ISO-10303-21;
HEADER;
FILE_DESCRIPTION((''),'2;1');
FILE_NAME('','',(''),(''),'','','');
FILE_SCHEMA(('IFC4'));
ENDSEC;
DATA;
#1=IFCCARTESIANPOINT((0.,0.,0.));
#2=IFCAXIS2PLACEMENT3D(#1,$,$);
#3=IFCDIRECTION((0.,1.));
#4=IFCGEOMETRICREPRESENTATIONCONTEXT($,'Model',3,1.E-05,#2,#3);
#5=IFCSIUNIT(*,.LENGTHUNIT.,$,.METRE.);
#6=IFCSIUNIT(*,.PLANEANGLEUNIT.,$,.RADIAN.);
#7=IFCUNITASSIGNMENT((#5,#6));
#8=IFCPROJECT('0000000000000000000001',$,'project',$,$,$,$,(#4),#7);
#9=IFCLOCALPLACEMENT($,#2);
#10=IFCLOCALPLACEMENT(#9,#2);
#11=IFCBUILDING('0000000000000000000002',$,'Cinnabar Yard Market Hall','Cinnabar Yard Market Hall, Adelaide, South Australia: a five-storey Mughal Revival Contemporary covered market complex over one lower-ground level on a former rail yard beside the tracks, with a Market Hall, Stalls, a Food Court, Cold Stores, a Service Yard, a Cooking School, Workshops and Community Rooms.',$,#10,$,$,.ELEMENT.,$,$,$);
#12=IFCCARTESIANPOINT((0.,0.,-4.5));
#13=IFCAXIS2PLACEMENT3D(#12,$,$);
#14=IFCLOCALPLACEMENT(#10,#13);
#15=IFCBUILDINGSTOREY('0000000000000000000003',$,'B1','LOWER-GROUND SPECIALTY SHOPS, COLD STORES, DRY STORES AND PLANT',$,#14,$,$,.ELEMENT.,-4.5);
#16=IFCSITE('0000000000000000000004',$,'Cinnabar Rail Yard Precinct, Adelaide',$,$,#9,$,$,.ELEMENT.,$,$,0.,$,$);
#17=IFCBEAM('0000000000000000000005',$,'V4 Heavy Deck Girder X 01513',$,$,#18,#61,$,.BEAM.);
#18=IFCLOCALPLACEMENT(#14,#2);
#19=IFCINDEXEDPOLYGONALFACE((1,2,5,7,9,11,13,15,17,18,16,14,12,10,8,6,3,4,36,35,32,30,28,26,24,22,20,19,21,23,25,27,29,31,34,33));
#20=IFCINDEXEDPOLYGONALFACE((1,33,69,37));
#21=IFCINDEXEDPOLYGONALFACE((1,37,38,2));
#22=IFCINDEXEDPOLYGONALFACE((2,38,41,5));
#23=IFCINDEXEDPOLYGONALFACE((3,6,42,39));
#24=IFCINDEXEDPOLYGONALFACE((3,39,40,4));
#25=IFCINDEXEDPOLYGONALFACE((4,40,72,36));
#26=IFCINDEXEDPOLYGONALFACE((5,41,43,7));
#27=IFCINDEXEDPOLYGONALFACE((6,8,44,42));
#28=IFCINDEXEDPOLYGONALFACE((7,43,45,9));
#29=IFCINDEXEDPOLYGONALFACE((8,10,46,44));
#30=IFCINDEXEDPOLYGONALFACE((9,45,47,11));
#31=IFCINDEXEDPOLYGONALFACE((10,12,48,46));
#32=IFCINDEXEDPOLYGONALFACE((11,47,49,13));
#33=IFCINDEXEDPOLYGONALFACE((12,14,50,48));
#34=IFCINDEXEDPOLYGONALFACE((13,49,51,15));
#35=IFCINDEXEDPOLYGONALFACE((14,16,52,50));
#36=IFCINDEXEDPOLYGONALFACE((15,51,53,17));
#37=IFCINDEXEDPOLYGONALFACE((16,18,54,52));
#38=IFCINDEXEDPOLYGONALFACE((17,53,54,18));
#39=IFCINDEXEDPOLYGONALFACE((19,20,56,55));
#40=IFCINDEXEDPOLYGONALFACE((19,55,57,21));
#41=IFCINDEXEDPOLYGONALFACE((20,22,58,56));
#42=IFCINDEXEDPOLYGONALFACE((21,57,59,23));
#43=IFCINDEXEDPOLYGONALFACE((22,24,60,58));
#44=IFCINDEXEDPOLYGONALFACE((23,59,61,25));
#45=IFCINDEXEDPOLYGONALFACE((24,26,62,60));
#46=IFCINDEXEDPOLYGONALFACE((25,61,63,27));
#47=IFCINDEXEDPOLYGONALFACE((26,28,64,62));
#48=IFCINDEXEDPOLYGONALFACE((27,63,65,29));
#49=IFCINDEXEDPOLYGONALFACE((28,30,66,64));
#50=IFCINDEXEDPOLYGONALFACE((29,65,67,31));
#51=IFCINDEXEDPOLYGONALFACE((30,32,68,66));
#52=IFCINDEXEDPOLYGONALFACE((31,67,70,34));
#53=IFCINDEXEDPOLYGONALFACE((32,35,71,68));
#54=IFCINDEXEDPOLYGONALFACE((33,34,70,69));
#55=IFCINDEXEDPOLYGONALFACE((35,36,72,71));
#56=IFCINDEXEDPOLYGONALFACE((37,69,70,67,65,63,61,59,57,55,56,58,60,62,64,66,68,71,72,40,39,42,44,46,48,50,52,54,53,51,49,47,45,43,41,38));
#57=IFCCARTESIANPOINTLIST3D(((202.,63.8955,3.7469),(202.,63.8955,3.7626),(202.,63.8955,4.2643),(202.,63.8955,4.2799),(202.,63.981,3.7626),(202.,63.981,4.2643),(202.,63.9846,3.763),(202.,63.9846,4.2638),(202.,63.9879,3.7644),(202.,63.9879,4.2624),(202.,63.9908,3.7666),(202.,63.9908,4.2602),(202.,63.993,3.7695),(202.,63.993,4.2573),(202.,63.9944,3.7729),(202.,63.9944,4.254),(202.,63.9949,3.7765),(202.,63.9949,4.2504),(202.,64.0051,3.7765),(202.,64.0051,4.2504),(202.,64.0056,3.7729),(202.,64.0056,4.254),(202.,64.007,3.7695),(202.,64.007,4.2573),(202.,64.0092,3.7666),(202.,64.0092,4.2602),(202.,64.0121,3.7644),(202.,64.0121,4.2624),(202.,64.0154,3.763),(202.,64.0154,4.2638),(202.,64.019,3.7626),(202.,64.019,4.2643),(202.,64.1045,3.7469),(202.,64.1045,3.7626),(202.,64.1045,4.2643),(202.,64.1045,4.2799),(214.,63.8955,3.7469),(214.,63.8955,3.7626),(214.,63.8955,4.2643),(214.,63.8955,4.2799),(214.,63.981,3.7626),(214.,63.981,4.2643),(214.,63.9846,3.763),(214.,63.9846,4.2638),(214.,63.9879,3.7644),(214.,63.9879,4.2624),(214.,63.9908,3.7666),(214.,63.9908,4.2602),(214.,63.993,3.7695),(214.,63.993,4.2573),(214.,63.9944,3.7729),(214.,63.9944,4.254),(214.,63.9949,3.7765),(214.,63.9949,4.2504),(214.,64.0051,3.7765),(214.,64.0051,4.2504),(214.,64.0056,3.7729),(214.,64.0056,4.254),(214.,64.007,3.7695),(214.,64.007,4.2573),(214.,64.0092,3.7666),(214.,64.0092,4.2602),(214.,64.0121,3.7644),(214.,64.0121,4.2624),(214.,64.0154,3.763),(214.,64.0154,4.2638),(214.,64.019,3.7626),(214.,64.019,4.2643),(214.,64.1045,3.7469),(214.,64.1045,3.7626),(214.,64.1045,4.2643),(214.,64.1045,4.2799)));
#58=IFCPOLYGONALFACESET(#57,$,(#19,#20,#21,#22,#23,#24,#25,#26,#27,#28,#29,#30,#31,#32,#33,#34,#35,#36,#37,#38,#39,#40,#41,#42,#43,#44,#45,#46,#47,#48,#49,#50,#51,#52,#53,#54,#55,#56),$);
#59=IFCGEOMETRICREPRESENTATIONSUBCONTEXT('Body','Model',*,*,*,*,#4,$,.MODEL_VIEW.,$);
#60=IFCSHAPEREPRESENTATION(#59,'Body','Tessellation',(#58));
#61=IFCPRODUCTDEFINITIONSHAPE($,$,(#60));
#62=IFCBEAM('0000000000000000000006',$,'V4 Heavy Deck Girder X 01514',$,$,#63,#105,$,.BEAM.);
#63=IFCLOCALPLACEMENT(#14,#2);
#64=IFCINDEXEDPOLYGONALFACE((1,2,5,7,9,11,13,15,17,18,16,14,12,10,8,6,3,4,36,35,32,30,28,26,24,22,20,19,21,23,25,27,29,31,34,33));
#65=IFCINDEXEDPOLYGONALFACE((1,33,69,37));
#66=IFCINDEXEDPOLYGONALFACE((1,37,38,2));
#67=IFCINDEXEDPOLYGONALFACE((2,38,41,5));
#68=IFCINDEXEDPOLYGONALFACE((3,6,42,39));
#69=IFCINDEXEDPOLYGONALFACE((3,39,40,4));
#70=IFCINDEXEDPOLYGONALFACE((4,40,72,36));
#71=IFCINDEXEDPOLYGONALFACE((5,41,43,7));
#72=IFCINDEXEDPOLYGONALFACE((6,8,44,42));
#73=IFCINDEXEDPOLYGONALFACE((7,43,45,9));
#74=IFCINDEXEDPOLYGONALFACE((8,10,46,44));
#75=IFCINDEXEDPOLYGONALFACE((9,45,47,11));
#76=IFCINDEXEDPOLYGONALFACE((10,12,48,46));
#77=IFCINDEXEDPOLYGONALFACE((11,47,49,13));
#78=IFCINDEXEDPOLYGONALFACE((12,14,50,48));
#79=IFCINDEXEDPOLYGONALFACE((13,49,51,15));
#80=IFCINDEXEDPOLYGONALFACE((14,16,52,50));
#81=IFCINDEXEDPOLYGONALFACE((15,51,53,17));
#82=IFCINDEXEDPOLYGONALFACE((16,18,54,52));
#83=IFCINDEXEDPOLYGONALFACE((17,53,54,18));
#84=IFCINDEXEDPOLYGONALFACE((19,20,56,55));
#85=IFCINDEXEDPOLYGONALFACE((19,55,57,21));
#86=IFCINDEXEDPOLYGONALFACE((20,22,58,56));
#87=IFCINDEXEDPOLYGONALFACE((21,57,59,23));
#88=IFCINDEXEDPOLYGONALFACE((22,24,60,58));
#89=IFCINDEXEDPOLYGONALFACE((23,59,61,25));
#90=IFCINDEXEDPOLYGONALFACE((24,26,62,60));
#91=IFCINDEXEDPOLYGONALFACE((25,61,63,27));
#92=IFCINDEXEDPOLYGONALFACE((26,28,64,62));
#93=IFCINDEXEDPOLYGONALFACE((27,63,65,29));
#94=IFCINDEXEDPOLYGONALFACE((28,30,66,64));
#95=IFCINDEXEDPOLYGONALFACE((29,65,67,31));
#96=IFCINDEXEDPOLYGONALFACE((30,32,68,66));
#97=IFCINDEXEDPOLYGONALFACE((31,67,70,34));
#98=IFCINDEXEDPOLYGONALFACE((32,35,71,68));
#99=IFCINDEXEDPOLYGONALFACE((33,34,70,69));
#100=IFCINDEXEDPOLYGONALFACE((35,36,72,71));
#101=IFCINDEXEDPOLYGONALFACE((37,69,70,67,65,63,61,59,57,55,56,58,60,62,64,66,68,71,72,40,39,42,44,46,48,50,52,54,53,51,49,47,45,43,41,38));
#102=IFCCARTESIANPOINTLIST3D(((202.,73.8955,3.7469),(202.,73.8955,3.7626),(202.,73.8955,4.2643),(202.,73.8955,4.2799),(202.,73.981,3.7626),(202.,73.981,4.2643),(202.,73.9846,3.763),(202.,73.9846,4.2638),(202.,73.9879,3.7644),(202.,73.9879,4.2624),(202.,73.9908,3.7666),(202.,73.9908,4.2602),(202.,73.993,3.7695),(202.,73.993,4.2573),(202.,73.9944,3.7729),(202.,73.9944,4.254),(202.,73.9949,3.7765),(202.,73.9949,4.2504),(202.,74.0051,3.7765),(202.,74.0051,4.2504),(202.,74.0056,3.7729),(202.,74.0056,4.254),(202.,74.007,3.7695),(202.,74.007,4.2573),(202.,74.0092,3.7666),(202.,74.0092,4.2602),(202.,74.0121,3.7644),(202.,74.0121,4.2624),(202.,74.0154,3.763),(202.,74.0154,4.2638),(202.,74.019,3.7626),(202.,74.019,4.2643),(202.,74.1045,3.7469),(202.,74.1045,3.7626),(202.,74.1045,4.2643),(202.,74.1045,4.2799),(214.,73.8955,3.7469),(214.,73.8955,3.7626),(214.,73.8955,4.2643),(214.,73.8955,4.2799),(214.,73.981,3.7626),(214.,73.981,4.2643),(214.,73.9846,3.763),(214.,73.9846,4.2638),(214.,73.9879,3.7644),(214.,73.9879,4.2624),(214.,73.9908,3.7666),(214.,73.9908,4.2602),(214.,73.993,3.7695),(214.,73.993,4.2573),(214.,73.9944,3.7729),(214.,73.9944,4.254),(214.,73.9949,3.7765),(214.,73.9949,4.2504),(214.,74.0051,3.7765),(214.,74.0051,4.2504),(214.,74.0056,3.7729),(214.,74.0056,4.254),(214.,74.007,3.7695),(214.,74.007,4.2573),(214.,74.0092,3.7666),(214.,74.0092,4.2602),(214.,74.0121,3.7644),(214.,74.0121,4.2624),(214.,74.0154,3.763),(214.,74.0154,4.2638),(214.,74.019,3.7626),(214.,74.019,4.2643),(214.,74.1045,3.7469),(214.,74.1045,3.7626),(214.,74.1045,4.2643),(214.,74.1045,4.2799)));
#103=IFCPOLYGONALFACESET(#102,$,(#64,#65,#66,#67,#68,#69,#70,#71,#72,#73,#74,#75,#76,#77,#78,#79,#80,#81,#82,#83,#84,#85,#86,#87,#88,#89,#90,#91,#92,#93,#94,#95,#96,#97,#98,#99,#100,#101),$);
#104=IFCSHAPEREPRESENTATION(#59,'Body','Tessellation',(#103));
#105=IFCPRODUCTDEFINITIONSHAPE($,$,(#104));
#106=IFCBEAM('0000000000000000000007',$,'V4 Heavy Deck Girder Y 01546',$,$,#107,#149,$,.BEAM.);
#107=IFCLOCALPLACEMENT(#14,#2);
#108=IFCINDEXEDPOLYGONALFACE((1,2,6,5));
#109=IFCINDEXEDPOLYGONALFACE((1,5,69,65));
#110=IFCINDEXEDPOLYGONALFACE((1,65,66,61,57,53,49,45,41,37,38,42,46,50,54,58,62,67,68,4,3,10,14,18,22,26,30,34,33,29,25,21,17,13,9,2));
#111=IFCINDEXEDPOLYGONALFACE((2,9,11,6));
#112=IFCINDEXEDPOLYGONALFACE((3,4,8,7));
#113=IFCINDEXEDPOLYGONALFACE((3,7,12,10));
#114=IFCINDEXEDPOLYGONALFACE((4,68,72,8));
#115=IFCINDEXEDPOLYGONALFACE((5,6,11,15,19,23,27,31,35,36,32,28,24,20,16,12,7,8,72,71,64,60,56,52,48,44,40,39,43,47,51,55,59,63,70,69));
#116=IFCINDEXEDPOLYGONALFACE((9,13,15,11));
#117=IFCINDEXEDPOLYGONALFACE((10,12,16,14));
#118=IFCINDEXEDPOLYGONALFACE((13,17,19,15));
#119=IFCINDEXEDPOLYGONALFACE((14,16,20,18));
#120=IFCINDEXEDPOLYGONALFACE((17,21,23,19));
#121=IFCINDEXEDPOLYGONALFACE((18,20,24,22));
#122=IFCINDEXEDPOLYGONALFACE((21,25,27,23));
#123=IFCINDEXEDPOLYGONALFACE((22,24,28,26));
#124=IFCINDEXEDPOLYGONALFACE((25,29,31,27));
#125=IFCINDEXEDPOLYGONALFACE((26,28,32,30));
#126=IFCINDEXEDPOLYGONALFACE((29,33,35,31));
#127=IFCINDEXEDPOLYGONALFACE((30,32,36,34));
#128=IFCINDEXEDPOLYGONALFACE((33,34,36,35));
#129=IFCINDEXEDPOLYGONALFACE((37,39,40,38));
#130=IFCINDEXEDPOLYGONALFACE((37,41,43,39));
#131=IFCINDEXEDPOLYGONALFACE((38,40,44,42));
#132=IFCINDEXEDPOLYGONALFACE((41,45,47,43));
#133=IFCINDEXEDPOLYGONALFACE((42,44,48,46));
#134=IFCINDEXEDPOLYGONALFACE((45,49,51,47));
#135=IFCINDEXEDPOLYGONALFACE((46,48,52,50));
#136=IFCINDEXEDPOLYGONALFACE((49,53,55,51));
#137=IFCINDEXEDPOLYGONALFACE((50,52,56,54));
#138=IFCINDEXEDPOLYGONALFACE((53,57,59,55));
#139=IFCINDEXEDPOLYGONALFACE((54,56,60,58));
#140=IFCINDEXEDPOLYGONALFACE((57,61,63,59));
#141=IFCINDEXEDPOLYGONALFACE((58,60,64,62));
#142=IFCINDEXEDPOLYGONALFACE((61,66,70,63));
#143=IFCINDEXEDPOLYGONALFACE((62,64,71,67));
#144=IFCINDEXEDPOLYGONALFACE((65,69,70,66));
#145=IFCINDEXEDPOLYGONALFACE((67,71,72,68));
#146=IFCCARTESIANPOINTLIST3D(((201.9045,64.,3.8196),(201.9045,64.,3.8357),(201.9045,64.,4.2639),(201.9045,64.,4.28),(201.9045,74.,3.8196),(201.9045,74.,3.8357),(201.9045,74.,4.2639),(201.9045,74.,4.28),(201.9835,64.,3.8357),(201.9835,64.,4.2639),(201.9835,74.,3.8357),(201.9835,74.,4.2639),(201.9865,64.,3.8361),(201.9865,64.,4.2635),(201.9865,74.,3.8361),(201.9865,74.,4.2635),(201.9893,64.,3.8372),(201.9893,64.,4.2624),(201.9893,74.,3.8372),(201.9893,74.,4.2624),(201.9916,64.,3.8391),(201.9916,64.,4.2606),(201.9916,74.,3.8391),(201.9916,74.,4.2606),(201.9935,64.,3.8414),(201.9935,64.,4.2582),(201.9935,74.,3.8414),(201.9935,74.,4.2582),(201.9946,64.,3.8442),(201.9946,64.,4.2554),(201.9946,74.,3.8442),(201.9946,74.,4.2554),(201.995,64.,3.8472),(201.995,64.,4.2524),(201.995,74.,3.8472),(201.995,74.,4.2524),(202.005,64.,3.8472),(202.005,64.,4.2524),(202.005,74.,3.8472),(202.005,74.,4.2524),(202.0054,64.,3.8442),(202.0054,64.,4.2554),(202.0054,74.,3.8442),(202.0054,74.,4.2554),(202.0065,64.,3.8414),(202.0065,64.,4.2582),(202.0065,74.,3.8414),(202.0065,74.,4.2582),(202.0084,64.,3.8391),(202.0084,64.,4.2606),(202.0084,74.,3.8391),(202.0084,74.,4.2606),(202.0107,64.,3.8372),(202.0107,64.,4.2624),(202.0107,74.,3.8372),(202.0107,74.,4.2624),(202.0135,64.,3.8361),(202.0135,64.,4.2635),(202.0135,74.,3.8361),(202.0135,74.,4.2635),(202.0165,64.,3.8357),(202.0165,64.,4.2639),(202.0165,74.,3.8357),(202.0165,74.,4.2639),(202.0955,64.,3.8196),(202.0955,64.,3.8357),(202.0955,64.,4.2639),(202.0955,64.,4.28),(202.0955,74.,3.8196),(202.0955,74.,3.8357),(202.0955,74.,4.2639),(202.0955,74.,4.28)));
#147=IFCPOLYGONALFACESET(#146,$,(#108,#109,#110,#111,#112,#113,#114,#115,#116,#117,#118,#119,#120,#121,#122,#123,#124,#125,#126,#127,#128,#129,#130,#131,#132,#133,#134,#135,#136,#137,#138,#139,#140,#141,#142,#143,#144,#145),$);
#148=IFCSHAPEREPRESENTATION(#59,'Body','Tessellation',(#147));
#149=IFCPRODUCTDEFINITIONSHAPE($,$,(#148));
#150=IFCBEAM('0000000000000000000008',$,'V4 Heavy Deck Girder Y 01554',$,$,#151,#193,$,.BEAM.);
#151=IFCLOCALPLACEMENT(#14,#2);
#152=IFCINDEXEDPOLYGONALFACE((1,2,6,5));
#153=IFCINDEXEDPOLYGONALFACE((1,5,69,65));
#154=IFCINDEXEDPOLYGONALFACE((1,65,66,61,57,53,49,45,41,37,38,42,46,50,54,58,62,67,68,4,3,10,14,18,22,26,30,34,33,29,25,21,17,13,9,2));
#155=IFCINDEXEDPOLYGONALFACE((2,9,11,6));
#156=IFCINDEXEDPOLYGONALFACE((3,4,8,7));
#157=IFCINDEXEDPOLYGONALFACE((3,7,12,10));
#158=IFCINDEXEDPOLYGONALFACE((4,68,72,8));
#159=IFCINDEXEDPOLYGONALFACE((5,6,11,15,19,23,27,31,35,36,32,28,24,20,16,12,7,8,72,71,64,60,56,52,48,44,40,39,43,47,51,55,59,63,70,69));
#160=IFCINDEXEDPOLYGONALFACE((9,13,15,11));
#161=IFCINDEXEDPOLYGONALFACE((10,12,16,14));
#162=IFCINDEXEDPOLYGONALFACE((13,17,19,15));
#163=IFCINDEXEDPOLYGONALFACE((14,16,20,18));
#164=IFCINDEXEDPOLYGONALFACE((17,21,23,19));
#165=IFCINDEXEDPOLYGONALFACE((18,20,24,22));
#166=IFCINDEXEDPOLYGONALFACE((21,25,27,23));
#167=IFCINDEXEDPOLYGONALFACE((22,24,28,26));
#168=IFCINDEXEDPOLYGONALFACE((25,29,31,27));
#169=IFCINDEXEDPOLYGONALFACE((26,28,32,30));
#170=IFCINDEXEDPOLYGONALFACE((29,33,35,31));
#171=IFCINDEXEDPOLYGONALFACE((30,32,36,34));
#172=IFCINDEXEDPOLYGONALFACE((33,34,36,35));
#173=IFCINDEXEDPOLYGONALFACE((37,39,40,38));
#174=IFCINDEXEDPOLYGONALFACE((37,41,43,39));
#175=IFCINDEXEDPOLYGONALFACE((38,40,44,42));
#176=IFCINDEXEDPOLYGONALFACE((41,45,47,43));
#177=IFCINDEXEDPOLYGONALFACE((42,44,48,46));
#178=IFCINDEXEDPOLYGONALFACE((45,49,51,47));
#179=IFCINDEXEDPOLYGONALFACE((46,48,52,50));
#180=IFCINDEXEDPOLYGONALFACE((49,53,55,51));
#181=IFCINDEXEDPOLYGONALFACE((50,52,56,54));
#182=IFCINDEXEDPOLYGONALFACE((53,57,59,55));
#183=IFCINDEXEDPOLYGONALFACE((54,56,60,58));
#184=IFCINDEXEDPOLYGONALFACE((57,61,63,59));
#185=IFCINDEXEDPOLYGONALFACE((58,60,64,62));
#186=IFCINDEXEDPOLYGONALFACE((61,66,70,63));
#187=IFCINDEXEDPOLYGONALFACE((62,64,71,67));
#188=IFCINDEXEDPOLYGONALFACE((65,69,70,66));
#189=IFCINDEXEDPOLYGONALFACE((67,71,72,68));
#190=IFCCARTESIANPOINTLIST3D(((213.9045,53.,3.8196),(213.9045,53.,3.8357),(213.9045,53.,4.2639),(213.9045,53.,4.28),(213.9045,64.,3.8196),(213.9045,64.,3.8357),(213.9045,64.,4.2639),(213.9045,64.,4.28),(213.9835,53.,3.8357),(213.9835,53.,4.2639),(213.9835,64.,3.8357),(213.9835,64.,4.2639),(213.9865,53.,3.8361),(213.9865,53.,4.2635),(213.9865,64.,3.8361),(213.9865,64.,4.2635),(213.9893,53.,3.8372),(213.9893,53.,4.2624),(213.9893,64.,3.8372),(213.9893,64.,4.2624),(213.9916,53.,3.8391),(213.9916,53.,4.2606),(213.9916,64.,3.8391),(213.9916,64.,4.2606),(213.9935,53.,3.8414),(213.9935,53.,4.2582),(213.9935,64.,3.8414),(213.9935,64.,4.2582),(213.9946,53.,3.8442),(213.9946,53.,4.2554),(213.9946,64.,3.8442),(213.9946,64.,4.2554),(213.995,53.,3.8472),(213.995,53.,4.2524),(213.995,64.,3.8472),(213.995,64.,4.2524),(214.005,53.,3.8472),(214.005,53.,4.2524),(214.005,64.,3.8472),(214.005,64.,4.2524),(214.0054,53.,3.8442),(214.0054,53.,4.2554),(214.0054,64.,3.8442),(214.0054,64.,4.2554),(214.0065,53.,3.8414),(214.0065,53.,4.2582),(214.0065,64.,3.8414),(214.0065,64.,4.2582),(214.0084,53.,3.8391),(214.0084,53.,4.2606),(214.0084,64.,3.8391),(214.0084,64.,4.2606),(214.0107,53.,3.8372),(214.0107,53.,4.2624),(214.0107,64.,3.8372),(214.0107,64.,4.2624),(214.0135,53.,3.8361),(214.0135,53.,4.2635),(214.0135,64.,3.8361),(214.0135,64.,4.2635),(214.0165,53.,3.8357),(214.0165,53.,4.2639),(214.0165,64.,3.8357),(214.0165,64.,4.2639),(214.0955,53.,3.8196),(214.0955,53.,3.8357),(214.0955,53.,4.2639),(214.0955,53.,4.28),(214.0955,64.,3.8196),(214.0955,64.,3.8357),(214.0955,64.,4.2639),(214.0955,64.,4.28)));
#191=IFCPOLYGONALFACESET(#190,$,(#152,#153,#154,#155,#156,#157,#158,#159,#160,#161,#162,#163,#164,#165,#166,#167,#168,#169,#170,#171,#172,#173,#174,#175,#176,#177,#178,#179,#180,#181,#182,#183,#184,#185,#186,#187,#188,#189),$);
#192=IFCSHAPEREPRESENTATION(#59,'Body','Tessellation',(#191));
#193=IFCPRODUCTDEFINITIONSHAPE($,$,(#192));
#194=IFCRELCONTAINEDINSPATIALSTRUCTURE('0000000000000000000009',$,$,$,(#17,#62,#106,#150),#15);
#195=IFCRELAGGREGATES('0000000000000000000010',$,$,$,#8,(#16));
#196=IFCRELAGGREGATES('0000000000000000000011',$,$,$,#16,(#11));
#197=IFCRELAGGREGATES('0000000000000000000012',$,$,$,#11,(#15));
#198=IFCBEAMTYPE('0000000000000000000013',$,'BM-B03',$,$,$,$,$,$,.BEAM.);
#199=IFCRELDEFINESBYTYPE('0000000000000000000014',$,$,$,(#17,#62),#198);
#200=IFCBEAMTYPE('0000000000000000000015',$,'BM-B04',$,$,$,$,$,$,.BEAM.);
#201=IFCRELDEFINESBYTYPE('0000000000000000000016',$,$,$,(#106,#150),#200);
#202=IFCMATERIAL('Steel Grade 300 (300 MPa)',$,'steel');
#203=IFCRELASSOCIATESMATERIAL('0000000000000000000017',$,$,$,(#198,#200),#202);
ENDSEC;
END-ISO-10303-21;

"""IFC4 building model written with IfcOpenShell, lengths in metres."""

from ifc_helpers import new_model, si_unit, direction, frame, origin, origin_2d_with_axis, place, context, subcontext, project, spatial, i_section, extrude, material, material_profile, profile_set, type_object, element, save


model = new_model("IFC4")

# Units and contexts
model_context = context("Model", 3, precision=1e-05, world=origin(), true_north=direction((0.0, 1.0)))
body_context = subcontext(model_context, "Body", "Model", "MODEL_VIEW")
ifc_project = project(units=[si_unit("LENGTHUNIT", "METRE"), si_unit("PLANEANGLEUNIT", "RADIAN")], contexts=[model_context])

# Site, building, storey
site_placement = place(None, origin())
site = spatial("IfcSite", under=ifc_project, at=site_placement, Name="Cinnabar Rail Yard Precinct, Adelaide", CompositionType="ELEMENT", RefElevation=0.0)
building_placement = place(site_placement, origin())
building = spatial("IfcBuilding", under=site, at=building_placement, Name="Cinnabar Yard Market Hall", Description="Cinnabar Yard Market Hall, Adelaide, South Australia: a five-storey Mughal Revival Contemporary covered market complex over one lower-ground level on a former rail yard beside the tracks, with a Market Hall, Stalls, a Food Court, Cold Stores, a Service Yard, a Cooking School, Workshops and Community Rooms.", CompositionType="ELEMENT")
storey_placement = place(building_placement, frame((0.0, 0.0, -4.5)))
storey = spatial("IfcBuildingStorey", under=building, at=storey_placement, Name="B1", Description="LOWER-GROUND SPECIALTY SHOPS, COLD STORES, DRY STORES AND PLANT", CompositionType="ELEMENT", Elevation=-4.5)

# Beams
ifc_material_1 = material(Name="Steel Grade 300 (300 MPa)", Category="steel")
ifc_material_profile_1 = material_profile(ifc_material_1, i_section(OverallWidth=0.209, OverallDepth=0.533, WebThickness=0.0103, FlangeThickness=0.0156, FilletRadius=0.0139, at=origin_2d_with_axis()), Name="530UB92.4")
ifc_profile_set_1 = profile_set([ifc_material_profile_1], Name="Steel Grade 300 (300 MPa)")
beam_type_1 = type_object("IfcBeamType", Name="BM-B03", PredefinedType="BEAM", material=ifc_profile_set_1)
for number, where, z_axis, x_axis, name in (
    (1, (202.0, 64.0, 4.0134), (1.0, 0.0, 0.0), (0.0, 1.0, 0.0), "V4 Heavy Deck Girder X 01513"),
    (2, (202.0, 74.0, 4.0134), (1.0, 0.0, 0.0), (0.0, 1.0, 0.0), "V4 Heavy Deck Girder X 01514"),
):
    element("IfcBeam", number, at=place(storey_placement, frame(where, z_axis=z_axis, x_axis=x_axis)), inside=storey, type_object=beam_type_1, Name=name, PredefinedType="BEAM", context=body_context, shape_type="SweptSolid", body=[
        extrude(i_section(OverallWidth=0.209, OverallDepth=0.533, WebThickness=0.0103, FlangeThickness=0.0156, FilletRadius=0.0139, at=origin_2d_with_axis()), origin(), (0.0, 0.0, 1.0), 12.0),
    ])
ifc_material_profile_2 = material_profile(ifc_material_1, i_section(OverallWidth=0.1909, OverallDepth=0.4604, WebThickness=0.01, FlangeThickness=0.0161, FilletRadius=0.0115, at=origin_2d_with_axis()), Name="460UB82.1")
ifc_profile_set_2 = profile_set([ifc_material_profile_2], Name="Steel Grade 300 (300 MPa)")
beam_type_2 = type_object("IfcBeamType", Name="BM-B04", PredefinedType="BEAM", material=ifc_profile_set_2)
beam_1_placement = place(storey_placement, frame((202.0, 64.0, 4.0498), z_axis=(0.0, 1.0, 0.0), x_axis=(-1.0, 0.0, 0.0)))
element("IfcBeam", 3, at=beam_1_placement, inside=storey, type_object=beam_type_2, Name="V4 Heavy Deck Girder Y 01546", PredefinedType="BEAM", context=body_context, shape_type="SweptSolid", body=[
    extrude(i_section(OverallWidth=0.1909, OverallDepth=0.4604, WebThickness=0.01, FlangeThickness=0.0161, FilletRadius=0.0115, at=origin_2d_with_axis()), origin(), (0.0, 0.0, 1.0), 10.0),
])
beam_2_placement = place(storey_placement, frame((214.0, 53.0, 4.0498), z_axis=(0.0, 1.0, 0.0), x_axis=(-1.0, 0.0, 0.0)))
element("IfcBeam", 4, at=beam_2_placement, inside=storey, type_object=beam_type_2, Name="V4 Heavy Deck Girder Y 01554", PredefinedType="BEAM", context=body_context, shape_type="SweptSolid", body=[
    extrude(i_section(OverallWidth=0.1909, OverallDepth=0.4604, WebThickness=0.01, FlangeThickness=0.0161, FilletRadius=0.0115, at=origin_2d_with_axis()), origin(), (0.0, 0.0, 1.0), 11.0),
])

save(model, "model.ifc")
